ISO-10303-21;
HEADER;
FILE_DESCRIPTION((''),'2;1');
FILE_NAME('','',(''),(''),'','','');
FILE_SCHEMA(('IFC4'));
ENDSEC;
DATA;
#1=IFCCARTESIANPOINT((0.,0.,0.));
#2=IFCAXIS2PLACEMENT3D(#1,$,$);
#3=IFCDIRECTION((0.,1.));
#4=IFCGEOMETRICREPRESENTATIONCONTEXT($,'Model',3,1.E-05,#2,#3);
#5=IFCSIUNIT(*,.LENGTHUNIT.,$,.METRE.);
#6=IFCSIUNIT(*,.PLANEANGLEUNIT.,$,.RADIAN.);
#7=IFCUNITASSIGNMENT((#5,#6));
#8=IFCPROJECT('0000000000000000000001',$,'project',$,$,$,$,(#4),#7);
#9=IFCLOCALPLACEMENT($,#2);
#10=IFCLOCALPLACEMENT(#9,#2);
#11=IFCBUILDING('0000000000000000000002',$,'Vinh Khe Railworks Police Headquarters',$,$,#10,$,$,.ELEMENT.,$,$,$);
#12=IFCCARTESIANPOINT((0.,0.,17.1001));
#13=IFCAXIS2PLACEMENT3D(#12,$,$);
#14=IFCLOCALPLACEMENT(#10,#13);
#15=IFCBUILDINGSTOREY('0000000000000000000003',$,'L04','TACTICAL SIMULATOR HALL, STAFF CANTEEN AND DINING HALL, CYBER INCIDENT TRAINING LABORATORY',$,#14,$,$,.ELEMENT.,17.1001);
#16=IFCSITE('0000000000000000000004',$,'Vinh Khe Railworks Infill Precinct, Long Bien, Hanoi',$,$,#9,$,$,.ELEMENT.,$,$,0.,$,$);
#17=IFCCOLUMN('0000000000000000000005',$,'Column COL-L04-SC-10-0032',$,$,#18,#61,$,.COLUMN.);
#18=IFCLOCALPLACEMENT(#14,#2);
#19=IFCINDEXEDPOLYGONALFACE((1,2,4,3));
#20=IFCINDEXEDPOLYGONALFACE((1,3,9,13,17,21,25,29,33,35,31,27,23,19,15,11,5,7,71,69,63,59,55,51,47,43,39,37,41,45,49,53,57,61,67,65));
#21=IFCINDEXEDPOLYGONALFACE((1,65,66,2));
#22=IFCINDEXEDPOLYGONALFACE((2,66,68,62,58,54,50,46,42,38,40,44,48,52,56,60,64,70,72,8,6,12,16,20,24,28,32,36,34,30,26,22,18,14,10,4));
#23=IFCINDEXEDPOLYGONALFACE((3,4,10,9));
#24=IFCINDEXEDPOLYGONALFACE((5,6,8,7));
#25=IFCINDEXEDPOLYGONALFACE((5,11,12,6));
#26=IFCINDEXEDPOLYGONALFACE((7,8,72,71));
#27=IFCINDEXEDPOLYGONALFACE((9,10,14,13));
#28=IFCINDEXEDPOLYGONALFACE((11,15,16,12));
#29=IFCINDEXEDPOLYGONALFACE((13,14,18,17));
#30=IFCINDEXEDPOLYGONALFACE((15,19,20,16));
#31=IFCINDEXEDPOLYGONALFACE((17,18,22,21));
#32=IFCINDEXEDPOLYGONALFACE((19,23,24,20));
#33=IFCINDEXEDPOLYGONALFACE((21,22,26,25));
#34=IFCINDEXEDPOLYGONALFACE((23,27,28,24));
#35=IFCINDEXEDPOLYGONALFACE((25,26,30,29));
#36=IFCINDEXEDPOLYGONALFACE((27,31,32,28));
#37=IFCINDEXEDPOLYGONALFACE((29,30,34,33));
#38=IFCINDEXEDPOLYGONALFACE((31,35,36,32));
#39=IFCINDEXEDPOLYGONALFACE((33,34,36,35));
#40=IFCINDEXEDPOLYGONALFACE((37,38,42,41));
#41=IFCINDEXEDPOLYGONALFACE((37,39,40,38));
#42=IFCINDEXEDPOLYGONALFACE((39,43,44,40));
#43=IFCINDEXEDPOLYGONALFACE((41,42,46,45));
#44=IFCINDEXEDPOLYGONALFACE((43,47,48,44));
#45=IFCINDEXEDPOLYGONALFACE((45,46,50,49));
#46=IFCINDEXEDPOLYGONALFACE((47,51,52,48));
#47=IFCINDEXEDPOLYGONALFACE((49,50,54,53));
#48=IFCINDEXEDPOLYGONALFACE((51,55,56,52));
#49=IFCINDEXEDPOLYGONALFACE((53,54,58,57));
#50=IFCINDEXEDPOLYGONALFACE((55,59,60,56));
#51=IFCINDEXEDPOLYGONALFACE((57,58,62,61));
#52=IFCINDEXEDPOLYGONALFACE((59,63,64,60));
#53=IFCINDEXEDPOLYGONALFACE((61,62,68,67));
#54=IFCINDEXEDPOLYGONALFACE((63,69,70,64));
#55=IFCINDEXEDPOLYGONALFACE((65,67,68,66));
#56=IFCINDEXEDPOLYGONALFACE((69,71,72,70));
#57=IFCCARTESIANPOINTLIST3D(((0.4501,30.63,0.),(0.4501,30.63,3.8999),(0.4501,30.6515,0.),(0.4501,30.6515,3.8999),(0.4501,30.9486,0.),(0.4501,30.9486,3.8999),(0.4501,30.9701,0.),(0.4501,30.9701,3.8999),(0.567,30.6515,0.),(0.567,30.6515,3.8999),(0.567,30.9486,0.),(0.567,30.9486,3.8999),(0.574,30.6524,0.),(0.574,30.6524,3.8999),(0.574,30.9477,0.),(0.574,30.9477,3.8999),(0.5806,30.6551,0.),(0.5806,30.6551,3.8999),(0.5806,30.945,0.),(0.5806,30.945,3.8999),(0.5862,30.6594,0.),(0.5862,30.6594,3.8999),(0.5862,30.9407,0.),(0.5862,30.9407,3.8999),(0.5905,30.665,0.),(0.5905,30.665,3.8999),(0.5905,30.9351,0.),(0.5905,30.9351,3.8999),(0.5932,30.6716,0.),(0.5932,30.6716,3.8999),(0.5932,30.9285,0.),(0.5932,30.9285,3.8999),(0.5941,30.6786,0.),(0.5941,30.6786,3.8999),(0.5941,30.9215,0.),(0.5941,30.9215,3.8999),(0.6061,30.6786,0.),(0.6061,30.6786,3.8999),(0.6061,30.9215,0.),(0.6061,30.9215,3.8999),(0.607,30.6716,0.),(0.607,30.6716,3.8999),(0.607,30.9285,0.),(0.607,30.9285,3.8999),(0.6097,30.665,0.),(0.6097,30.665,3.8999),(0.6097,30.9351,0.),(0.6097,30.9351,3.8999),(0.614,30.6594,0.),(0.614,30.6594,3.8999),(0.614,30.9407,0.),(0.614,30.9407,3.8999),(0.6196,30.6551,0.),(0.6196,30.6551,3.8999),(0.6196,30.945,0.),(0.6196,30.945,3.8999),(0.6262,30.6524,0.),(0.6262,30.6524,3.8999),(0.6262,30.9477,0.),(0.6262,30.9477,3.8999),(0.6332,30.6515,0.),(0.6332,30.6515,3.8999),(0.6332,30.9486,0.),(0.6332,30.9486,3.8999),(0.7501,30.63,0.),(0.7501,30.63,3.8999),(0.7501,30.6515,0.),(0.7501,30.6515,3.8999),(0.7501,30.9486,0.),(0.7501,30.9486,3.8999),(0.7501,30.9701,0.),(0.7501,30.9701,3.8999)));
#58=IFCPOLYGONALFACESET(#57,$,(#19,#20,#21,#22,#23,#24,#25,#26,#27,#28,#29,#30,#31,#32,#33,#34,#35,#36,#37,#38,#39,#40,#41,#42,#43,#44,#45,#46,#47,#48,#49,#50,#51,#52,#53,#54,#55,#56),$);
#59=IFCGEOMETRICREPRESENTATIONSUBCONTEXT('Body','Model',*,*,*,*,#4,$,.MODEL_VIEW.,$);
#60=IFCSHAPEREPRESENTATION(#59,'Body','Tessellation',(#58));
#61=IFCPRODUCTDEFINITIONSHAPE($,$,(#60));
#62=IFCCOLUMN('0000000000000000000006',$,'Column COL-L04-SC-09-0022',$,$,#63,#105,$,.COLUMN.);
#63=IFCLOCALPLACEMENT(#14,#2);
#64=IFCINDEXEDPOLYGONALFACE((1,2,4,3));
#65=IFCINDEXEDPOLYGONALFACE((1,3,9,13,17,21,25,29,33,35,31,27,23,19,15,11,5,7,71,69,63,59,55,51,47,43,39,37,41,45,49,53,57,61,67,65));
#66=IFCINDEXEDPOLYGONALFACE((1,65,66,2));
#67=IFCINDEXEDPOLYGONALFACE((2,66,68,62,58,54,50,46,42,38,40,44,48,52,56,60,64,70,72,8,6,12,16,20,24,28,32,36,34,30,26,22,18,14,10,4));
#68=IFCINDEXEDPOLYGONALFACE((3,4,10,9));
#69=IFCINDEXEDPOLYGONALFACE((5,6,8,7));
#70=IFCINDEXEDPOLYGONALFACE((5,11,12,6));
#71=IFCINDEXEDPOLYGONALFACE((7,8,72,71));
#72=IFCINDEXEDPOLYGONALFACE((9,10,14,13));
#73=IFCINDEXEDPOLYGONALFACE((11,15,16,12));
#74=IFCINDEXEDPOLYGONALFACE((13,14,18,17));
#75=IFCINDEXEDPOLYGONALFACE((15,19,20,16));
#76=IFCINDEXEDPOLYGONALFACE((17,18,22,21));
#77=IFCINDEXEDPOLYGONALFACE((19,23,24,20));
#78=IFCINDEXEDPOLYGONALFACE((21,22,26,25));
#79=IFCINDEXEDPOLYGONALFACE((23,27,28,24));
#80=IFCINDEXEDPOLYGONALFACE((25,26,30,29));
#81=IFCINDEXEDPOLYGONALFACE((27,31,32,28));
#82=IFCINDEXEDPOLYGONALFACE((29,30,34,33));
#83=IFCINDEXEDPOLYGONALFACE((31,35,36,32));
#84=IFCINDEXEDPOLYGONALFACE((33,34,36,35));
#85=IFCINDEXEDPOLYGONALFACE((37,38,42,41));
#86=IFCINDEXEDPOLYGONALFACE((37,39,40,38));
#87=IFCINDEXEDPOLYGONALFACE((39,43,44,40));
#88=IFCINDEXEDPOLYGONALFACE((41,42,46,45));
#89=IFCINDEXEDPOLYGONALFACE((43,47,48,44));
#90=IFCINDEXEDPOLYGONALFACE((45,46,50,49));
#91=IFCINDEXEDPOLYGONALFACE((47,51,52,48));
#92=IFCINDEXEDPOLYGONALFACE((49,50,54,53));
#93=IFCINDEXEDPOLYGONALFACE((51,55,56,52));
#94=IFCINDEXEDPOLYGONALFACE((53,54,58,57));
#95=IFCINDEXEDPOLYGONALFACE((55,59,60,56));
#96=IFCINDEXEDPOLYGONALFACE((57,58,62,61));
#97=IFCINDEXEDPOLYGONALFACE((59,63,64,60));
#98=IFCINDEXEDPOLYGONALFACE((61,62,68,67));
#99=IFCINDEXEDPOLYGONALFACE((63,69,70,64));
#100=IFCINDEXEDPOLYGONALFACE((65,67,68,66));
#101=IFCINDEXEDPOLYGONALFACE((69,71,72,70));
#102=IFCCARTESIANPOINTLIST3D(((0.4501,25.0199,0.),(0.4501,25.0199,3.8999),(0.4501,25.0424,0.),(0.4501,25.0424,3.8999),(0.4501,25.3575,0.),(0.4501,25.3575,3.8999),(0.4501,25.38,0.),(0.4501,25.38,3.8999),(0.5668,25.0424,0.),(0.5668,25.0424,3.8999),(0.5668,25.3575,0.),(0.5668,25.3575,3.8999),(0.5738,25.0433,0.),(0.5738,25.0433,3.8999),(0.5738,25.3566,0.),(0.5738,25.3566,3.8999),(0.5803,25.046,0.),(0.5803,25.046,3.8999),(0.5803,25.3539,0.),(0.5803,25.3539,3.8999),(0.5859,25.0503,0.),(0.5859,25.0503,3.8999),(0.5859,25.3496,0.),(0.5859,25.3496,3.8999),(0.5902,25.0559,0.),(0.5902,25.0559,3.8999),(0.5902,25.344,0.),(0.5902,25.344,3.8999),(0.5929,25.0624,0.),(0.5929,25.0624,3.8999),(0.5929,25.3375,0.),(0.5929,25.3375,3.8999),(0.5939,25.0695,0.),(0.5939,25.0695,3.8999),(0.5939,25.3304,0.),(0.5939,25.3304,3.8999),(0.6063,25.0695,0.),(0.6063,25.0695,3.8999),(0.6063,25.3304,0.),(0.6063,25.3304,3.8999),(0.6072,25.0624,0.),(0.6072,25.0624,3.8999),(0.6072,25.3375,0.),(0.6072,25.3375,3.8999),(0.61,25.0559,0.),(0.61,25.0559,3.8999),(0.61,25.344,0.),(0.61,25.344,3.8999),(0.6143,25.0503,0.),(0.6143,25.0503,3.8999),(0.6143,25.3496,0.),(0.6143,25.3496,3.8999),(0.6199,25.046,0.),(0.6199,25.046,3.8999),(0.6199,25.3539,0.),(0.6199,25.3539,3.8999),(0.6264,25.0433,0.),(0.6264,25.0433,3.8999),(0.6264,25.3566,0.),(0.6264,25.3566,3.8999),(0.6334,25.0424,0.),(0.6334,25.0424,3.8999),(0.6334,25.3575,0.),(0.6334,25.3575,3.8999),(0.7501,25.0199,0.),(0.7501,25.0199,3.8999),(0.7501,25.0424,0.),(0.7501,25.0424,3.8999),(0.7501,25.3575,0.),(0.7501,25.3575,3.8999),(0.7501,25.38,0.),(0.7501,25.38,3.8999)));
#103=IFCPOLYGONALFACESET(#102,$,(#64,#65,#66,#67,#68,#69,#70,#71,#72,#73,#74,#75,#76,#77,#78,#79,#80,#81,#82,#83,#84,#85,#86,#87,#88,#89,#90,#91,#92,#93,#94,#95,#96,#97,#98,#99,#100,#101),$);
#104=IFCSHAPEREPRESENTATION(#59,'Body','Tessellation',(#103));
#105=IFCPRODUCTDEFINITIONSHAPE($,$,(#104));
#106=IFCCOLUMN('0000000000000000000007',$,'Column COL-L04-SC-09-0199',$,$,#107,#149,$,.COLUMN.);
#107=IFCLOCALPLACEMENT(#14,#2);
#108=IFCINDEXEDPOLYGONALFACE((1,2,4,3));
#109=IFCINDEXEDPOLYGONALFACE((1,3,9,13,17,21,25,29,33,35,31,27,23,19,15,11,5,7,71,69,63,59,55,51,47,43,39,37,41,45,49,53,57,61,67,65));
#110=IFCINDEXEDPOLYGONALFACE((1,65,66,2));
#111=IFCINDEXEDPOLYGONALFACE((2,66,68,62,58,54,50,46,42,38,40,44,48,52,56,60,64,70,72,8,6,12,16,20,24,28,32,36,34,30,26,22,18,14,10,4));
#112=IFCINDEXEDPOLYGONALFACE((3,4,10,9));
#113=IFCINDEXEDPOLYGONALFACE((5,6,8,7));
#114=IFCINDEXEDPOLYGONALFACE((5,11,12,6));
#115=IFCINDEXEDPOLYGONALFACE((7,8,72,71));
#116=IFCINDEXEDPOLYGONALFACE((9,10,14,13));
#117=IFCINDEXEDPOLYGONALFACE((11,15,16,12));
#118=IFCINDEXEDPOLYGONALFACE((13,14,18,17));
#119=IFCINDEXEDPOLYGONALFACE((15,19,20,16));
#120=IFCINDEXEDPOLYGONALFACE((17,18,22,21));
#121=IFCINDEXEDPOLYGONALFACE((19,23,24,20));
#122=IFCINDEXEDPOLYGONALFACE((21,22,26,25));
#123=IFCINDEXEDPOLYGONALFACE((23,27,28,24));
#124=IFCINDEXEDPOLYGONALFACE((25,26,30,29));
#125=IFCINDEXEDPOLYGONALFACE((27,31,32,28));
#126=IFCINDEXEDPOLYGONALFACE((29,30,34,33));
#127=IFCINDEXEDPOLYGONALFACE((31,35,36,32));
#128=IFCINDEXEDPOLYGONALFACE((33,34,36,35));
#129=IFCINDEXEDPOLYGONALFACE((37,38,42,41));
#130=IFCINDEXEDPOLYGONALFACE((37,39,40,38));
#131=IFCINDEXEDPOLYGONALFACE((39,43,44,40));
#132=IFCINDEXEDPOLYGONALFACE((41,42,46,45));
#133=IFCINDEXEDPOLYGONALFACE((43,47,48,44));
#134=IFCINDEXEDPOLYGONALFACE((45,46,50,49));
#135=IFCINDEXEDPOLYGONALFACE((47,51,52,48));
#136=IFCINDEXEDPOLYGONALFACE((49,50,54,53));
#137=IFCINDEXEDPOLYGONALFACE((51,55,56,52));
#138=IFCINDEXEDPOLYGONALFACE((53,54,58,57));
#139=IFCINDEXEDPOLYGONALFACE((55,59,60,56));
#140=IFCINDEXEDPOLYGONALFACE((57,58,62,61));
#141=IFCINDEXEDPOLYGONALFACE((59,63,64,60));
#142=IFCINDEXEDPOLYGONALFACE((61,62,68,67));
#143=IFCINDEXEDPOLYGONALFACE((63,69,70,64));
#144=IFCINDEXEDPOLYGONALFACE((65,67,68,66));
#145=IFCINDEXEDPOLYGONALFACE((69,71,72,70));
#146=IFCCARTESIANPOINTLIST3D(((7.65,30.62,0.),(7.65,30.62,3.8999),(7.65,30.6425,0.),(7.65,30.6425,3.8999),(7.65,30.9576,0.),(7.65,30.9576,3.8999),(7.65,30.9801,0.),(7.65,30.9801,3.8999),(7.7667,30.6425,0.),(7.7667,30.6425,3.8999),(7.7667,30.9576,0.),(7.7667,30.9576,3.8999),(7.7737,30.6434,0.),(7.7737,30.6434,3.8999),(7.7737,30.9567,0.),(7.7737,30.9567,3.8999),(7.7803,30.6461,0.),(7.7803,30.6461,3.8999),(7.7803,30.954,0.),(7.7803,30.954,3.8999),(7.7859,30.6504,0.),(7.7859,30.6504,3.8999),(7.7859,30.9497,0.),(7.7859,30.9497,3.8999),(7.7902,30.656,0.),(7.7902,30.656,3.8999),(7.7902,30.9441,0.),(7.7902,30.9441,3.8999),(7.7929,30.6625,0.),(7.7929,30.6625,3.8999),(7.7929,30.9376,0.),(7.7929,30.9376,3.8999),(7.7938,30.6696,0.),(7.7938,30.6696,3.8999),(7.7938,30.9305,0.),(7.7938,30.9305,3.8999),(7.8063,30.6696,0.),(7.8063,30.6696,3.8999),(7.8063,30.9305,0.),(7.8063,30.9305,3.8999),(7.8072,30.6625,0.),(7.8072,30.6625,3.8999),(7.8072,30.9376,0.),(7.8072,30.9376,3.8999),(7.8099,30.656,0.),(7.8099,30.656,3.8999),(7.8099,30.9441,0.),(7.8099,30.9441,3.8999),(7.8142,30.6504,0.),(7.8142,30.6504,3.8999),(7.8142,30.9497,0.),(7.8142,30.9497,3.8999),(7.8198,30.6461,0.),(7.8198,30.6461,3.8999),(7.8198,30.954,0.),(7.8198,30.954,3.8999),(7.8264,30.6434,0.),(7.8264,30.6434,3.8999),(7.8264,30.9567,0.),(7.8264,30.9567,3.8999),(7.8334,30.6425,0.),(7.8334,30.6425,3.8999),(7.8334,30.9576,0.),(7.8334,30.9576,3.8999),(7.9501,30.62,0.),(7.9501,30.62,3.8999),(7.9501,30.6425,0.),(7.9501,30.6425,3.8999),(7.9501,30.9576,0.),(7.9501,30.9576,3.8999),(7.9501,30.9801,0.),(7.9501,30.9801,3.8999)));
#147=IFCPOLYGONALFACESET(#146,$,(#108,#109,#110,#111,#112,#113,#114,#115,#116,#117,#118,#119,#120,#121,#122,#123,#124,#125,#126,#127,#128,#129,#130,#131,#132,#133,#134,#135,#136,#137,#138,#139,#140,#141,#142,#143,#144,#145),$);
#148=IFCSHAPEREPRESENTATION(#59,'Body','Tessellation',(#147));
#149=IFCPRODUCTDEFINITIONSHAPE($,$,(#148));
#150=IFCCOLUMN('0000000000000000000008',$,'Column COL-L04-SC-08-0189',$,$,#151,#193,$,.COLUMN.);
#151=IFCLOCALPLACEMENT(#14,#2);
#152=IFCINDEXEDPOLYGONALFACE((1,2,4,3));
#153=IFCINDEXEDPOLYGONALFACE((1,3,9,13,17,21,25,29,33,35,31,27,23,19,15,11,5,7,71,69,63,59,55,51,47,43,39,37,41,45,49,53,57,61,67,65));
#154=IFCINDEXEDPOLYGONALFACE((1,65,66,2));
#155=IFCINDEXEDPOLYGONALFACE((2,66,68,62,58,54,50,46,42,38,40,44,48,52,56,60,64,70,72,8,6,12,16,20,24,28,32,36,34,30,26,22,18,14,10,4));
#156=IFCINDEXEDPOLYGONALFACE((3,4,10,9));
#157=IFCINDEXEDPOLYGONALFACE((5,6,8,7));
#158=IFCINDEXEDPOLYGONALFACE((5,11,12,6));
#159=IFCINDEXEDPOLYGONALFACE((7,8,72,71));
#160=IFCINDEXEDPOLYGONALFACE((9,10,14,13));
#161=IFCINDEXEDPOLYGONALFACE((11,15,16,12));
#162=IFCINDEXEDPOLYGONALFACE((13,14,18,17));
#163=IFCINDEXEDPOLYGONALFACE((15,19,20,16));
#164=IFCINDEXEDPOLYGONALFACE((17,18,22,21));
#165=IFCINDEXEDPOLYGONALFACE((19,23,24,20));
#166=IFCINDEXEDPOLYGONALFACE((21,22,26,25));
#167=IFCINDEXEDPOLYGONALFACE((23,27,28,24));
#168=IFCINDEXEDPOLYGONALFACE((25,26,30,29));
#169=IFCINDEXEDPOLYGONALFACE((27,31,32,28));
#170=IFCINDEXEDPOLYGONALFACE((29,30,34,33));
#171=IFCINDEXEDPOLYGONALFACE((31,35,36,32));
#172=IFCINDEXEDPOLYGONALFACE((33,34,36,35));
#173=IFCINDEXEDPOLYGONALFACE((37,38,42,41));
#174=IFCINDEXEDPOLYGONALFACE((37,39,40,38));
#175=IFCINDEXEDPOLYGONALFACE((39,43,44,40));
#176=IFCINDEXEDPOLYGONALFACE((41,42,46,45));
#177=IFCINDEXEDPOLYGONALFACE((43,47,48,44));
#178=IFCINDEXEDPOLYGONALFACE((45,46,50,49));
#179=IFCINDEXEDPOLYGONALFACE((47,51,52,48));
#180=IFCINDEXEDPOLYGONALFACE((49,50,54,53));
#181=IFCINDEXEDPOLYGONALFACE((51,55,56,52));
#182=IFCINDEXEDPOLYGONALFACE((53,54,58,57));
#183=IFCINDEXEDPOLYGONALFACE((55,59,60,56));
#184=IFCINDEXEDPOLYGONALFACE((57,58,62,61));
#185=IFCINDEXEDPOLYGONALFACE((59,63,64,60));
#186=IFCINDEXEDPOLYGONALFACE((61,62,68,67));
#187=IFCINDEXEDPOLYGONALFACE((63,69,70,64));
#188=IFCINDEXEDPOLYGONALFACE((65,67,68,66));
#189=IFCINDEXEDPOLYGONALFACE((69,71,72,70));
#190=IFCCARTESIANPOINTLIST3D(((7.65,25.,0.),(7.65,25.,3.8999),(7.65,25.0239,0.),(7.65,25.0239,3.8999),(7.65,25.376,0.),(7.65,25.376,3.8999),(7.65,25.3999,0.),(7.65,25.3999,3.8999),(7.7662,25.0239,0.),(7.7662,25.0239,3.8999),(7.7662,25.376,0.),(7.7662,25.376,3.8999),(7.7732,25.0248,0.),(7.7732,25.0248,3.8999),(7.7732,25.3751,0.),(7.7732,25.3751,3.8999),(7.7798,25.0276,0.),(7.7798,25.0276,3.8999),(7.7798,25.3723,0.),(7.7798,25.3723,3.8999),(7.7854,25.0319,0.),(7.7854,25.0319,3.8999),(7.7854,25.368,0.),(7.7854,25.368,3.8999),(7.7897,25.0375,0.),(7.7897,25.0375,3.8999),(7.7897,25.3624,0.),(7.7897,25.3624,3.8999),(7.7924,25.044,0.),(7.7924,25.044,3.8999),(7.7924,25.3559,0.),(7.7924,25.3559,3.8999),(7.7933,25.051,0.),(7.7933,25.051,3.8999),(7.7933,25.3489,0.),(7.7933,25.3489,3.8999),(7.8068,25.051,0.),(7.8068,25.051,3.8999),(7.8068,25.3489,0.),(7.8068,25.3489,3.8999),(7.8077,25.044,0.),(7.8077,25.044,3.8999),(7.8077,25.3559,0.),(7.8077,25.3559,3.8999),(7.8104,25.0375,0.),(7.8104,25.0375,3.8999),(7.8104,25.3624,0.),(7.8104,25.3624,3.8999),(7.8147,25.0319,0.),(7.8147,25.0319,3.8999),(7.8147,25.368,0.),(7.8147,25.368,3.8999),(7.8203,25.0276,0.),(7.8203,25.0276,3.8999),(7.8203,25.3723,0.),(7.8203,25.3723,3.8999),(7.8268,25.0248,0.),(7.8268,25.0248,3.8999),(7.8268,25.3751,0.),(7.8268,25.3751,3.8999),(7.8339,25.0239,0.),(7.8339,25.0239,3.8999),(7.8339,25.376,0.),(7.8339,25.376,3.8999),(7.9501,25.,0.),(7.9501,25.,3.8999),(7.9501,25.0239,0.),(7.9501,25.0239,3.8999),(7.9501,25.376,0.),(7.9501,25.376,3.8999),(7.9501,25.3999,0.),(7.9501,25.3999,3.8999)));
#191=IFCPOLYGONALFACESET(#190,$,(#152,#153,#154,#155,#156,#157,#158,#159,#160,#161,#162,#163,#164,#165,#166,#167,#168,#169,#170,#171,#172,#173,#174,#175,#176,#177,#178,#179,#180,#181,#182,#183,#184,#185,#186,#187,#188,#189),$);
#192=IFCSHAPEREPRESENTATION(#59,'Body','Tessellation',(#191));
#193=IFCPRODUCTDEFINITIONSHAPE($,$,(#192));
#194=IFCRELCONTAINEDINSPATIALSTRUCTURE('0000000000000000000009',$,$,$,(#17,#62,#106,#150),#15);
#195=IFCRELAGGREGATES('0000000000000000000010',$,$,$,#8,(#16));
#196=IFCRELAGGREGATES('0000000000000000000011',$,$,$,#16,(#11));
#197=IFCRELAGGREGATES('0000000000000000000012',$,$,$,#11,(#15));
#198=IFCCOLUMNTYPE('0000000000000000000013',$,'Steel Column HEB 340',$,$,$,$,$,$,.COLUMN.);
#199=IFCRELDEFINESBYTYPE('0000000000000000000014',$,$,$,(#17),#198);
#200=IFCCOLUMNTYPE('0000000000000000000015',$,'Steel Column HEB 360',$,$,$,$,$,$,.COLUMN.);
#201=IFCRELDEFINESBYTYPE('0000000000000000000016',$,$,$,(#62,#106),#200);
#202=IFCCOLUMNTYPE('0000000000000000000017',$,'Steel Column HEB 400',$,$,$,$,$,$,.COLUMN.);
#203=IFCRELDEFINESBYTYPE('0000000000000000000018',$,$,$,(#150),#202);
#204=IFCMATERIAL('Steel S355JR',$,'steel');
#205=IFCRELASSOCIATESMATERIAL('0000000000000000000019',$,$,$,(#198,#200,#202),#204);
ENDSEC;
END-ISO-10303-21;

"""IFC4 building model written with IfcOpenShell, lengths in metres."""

from ifc_helpers import new_model, si_unit, direction, frame, origin, origin_2d, place, context, subcontext, project, spatial, i_section, extrude, material, material_profile, profile_set, type_object, element, save


model = new_model("IFC4")

# Units and contexts
model_context = context("Model", 3, precision=1e-05, world=origin(), true_north=direction((0.0, 1.0)))
body_context = subcontext(model_context, "Body", "Model", "MODEL_VIEW")
ifc_project = project(units=[si_unit("LENGTHUNIT", "METRE"), si_unit("PLANEANGLEUNIT", "RADIAN")], contexts=[model_context])

# Site, building, storey
site_placement = place(None, origin())
site = spatial("IfcSite", under=ifc_project, at=site_placement, Name="Vinh Khe Railworks Infill Precinct, Long Bien, Hanoi", CompositionType="ELEMENT", RefElevation=0.0)
building_placement = place(site_placement, origin())
building = spatial("IfcBuilding", under=site, at=building_placement, Name="Vinh Khe Railworks Police Headquarters", CompositionType="ELEMENT")
storey_placement = place(building_placement, frame((0.0, 0.0, 17.1001)))
storey = spatial("IfcBuildingStorey", under=building, at=storey_placement, Name="L04", Description="TACTICAL SIMULATOR HALL, STAFF CANTEEN AND DINING HALL, CYBER INCIDENT TRAINING LABORATORY", CompositionType="ELEMENT", Elevation=17.1001)

# Columns
ifc_material_1 = material(Name="Steel S355JR", Category="steel")
ifc_material_profile_1 = material_profile(ifc_material_1, i_section(OverallWidth=0.3, OverallDepth=0.3401, WebThickness=0.012, FlangeThickness=0.0215, FilletRadius=0.0271, at=origin_2d()), Name="HEB 340")
ifc_profile_set_1 = profile_set([ifc_material_profile_1], Name="Steel S355JR")
column_type_1 = type_object("IfcColumnType", Name="Steel Column HEB 340", PredefinedType="COLUMN", material=ifc_profile_set_1)
column_1_placement = place(storey_placement, frame((0.6001, 30.8, 0.0), z_axis=(0.0, 0.0, 1.0), x_axis=(1.0, 0.0, 0.0)))
element("IfcColumn", 1, at=column_1_placement, inside=storey, type_object=column_type_1, Name="Column COL-L04-SC-10-0032", PredefinedType="COLUMN", context=body_context, shape_type="SweptSolid", body=[
    extrude(i_section(OverallWidth=0.3, OverallDepth=0.3401, WebThickness=0.012, FlangeThickness=0.0215, FilletRadius=0.0271, at=origin_2d()), origin(), (0.0, 0.0, 1.0), 3.8999),
])
ifc_material_profile_2 = material_profile(ifc_material_1, i_section(OverallWidth=0.3, OverallDepth=0.3601, WebThickness=0.0125, FlangeThickness=0.0225, FilletRadius=0.0271, at=origin_2d()), Name="HEB 360")
ifc_profile_set_2 = profile_set([ifc_material_profile_2], Name="Steel S355JR")
column_type_2 = type_object("IfcColumnType", Name="Steel Column HEB 360", PredefinedType="COLUMN", material=ifc_profile_set_2)
for number, where, z_axis, x_axis, name in (
    (2, (0.6001, 25.2, 0.0), (0.0, 0.0, 1.0), (1.0, 0.0, 0.0), "Column COL-L04-SC-09-0022"),
    (3, (7.8, 30.8, 0.0), (0.0, 0.0, 1.0), (1.0, 0.0, 0.0), "Column COL-L04-SC-09-0199"),
):
    element("IfcColumn", number, at=place(storey_placement, frame(where, z_axis=z_axis, x_axis=x_axis)), inside=storey, type_object=column_type_2, Name=name, PredefinedType="COLUMN", context=body_context, shape_type="SweptSolid", body=[
        extrude(i_section(OverallWidth=0.3, OverallDepth=0.3601, WebThickness=0.0125, FlangeThickness=0.0225, FilletRadius=0.0271, at=origin_2d()), origin(), (0.0, 0.0, 1.0), 3.8999),
    ])
ifc_material_profile_3 = material_profile(ifc_material_1, i_section(OverallWidth=0.3, OverallDepth=0.3999, WebThickness=0.0134, FlangeThickness=0.0239, FilletRadius=0.0271, at=origin_2d()), Name="HEB 400")
ifc_profile_set_3 = profile_set([ifc_material_profile_3], Name="Steel S355JR")
column_type_3 = type_object("IfcColumnType", Name="Steel Column HEB 400", PredefinedType="COLUMN", material=ifc_profile_set_3)
column_2_placement = place(storey_placement, frame((7.8, 25.2, 0.0), z_axis=(0.0, 0.0, 1.0), x_axis=(1.0, 0.0, 0.0)))
element("IfcColumn", 4, at=column_2_placement, inside=storey, type_object=column_type_3, Name="Column COL-L04-SC-08-0189", PredefinedType="COLUMN", context=body_context, shape_type="SweptSolid", body=[
    extrude(i_section(OverallWidth=0.3, OverallDepth=0.3999, WebThickness=0.0134, FlangeThickness=0.0239, FilletRadius=0.0271, at=origin_2d()), origin(), (0.0, 0.0, 1.0), 3.8999),
])

save(model, "model.ifc")
